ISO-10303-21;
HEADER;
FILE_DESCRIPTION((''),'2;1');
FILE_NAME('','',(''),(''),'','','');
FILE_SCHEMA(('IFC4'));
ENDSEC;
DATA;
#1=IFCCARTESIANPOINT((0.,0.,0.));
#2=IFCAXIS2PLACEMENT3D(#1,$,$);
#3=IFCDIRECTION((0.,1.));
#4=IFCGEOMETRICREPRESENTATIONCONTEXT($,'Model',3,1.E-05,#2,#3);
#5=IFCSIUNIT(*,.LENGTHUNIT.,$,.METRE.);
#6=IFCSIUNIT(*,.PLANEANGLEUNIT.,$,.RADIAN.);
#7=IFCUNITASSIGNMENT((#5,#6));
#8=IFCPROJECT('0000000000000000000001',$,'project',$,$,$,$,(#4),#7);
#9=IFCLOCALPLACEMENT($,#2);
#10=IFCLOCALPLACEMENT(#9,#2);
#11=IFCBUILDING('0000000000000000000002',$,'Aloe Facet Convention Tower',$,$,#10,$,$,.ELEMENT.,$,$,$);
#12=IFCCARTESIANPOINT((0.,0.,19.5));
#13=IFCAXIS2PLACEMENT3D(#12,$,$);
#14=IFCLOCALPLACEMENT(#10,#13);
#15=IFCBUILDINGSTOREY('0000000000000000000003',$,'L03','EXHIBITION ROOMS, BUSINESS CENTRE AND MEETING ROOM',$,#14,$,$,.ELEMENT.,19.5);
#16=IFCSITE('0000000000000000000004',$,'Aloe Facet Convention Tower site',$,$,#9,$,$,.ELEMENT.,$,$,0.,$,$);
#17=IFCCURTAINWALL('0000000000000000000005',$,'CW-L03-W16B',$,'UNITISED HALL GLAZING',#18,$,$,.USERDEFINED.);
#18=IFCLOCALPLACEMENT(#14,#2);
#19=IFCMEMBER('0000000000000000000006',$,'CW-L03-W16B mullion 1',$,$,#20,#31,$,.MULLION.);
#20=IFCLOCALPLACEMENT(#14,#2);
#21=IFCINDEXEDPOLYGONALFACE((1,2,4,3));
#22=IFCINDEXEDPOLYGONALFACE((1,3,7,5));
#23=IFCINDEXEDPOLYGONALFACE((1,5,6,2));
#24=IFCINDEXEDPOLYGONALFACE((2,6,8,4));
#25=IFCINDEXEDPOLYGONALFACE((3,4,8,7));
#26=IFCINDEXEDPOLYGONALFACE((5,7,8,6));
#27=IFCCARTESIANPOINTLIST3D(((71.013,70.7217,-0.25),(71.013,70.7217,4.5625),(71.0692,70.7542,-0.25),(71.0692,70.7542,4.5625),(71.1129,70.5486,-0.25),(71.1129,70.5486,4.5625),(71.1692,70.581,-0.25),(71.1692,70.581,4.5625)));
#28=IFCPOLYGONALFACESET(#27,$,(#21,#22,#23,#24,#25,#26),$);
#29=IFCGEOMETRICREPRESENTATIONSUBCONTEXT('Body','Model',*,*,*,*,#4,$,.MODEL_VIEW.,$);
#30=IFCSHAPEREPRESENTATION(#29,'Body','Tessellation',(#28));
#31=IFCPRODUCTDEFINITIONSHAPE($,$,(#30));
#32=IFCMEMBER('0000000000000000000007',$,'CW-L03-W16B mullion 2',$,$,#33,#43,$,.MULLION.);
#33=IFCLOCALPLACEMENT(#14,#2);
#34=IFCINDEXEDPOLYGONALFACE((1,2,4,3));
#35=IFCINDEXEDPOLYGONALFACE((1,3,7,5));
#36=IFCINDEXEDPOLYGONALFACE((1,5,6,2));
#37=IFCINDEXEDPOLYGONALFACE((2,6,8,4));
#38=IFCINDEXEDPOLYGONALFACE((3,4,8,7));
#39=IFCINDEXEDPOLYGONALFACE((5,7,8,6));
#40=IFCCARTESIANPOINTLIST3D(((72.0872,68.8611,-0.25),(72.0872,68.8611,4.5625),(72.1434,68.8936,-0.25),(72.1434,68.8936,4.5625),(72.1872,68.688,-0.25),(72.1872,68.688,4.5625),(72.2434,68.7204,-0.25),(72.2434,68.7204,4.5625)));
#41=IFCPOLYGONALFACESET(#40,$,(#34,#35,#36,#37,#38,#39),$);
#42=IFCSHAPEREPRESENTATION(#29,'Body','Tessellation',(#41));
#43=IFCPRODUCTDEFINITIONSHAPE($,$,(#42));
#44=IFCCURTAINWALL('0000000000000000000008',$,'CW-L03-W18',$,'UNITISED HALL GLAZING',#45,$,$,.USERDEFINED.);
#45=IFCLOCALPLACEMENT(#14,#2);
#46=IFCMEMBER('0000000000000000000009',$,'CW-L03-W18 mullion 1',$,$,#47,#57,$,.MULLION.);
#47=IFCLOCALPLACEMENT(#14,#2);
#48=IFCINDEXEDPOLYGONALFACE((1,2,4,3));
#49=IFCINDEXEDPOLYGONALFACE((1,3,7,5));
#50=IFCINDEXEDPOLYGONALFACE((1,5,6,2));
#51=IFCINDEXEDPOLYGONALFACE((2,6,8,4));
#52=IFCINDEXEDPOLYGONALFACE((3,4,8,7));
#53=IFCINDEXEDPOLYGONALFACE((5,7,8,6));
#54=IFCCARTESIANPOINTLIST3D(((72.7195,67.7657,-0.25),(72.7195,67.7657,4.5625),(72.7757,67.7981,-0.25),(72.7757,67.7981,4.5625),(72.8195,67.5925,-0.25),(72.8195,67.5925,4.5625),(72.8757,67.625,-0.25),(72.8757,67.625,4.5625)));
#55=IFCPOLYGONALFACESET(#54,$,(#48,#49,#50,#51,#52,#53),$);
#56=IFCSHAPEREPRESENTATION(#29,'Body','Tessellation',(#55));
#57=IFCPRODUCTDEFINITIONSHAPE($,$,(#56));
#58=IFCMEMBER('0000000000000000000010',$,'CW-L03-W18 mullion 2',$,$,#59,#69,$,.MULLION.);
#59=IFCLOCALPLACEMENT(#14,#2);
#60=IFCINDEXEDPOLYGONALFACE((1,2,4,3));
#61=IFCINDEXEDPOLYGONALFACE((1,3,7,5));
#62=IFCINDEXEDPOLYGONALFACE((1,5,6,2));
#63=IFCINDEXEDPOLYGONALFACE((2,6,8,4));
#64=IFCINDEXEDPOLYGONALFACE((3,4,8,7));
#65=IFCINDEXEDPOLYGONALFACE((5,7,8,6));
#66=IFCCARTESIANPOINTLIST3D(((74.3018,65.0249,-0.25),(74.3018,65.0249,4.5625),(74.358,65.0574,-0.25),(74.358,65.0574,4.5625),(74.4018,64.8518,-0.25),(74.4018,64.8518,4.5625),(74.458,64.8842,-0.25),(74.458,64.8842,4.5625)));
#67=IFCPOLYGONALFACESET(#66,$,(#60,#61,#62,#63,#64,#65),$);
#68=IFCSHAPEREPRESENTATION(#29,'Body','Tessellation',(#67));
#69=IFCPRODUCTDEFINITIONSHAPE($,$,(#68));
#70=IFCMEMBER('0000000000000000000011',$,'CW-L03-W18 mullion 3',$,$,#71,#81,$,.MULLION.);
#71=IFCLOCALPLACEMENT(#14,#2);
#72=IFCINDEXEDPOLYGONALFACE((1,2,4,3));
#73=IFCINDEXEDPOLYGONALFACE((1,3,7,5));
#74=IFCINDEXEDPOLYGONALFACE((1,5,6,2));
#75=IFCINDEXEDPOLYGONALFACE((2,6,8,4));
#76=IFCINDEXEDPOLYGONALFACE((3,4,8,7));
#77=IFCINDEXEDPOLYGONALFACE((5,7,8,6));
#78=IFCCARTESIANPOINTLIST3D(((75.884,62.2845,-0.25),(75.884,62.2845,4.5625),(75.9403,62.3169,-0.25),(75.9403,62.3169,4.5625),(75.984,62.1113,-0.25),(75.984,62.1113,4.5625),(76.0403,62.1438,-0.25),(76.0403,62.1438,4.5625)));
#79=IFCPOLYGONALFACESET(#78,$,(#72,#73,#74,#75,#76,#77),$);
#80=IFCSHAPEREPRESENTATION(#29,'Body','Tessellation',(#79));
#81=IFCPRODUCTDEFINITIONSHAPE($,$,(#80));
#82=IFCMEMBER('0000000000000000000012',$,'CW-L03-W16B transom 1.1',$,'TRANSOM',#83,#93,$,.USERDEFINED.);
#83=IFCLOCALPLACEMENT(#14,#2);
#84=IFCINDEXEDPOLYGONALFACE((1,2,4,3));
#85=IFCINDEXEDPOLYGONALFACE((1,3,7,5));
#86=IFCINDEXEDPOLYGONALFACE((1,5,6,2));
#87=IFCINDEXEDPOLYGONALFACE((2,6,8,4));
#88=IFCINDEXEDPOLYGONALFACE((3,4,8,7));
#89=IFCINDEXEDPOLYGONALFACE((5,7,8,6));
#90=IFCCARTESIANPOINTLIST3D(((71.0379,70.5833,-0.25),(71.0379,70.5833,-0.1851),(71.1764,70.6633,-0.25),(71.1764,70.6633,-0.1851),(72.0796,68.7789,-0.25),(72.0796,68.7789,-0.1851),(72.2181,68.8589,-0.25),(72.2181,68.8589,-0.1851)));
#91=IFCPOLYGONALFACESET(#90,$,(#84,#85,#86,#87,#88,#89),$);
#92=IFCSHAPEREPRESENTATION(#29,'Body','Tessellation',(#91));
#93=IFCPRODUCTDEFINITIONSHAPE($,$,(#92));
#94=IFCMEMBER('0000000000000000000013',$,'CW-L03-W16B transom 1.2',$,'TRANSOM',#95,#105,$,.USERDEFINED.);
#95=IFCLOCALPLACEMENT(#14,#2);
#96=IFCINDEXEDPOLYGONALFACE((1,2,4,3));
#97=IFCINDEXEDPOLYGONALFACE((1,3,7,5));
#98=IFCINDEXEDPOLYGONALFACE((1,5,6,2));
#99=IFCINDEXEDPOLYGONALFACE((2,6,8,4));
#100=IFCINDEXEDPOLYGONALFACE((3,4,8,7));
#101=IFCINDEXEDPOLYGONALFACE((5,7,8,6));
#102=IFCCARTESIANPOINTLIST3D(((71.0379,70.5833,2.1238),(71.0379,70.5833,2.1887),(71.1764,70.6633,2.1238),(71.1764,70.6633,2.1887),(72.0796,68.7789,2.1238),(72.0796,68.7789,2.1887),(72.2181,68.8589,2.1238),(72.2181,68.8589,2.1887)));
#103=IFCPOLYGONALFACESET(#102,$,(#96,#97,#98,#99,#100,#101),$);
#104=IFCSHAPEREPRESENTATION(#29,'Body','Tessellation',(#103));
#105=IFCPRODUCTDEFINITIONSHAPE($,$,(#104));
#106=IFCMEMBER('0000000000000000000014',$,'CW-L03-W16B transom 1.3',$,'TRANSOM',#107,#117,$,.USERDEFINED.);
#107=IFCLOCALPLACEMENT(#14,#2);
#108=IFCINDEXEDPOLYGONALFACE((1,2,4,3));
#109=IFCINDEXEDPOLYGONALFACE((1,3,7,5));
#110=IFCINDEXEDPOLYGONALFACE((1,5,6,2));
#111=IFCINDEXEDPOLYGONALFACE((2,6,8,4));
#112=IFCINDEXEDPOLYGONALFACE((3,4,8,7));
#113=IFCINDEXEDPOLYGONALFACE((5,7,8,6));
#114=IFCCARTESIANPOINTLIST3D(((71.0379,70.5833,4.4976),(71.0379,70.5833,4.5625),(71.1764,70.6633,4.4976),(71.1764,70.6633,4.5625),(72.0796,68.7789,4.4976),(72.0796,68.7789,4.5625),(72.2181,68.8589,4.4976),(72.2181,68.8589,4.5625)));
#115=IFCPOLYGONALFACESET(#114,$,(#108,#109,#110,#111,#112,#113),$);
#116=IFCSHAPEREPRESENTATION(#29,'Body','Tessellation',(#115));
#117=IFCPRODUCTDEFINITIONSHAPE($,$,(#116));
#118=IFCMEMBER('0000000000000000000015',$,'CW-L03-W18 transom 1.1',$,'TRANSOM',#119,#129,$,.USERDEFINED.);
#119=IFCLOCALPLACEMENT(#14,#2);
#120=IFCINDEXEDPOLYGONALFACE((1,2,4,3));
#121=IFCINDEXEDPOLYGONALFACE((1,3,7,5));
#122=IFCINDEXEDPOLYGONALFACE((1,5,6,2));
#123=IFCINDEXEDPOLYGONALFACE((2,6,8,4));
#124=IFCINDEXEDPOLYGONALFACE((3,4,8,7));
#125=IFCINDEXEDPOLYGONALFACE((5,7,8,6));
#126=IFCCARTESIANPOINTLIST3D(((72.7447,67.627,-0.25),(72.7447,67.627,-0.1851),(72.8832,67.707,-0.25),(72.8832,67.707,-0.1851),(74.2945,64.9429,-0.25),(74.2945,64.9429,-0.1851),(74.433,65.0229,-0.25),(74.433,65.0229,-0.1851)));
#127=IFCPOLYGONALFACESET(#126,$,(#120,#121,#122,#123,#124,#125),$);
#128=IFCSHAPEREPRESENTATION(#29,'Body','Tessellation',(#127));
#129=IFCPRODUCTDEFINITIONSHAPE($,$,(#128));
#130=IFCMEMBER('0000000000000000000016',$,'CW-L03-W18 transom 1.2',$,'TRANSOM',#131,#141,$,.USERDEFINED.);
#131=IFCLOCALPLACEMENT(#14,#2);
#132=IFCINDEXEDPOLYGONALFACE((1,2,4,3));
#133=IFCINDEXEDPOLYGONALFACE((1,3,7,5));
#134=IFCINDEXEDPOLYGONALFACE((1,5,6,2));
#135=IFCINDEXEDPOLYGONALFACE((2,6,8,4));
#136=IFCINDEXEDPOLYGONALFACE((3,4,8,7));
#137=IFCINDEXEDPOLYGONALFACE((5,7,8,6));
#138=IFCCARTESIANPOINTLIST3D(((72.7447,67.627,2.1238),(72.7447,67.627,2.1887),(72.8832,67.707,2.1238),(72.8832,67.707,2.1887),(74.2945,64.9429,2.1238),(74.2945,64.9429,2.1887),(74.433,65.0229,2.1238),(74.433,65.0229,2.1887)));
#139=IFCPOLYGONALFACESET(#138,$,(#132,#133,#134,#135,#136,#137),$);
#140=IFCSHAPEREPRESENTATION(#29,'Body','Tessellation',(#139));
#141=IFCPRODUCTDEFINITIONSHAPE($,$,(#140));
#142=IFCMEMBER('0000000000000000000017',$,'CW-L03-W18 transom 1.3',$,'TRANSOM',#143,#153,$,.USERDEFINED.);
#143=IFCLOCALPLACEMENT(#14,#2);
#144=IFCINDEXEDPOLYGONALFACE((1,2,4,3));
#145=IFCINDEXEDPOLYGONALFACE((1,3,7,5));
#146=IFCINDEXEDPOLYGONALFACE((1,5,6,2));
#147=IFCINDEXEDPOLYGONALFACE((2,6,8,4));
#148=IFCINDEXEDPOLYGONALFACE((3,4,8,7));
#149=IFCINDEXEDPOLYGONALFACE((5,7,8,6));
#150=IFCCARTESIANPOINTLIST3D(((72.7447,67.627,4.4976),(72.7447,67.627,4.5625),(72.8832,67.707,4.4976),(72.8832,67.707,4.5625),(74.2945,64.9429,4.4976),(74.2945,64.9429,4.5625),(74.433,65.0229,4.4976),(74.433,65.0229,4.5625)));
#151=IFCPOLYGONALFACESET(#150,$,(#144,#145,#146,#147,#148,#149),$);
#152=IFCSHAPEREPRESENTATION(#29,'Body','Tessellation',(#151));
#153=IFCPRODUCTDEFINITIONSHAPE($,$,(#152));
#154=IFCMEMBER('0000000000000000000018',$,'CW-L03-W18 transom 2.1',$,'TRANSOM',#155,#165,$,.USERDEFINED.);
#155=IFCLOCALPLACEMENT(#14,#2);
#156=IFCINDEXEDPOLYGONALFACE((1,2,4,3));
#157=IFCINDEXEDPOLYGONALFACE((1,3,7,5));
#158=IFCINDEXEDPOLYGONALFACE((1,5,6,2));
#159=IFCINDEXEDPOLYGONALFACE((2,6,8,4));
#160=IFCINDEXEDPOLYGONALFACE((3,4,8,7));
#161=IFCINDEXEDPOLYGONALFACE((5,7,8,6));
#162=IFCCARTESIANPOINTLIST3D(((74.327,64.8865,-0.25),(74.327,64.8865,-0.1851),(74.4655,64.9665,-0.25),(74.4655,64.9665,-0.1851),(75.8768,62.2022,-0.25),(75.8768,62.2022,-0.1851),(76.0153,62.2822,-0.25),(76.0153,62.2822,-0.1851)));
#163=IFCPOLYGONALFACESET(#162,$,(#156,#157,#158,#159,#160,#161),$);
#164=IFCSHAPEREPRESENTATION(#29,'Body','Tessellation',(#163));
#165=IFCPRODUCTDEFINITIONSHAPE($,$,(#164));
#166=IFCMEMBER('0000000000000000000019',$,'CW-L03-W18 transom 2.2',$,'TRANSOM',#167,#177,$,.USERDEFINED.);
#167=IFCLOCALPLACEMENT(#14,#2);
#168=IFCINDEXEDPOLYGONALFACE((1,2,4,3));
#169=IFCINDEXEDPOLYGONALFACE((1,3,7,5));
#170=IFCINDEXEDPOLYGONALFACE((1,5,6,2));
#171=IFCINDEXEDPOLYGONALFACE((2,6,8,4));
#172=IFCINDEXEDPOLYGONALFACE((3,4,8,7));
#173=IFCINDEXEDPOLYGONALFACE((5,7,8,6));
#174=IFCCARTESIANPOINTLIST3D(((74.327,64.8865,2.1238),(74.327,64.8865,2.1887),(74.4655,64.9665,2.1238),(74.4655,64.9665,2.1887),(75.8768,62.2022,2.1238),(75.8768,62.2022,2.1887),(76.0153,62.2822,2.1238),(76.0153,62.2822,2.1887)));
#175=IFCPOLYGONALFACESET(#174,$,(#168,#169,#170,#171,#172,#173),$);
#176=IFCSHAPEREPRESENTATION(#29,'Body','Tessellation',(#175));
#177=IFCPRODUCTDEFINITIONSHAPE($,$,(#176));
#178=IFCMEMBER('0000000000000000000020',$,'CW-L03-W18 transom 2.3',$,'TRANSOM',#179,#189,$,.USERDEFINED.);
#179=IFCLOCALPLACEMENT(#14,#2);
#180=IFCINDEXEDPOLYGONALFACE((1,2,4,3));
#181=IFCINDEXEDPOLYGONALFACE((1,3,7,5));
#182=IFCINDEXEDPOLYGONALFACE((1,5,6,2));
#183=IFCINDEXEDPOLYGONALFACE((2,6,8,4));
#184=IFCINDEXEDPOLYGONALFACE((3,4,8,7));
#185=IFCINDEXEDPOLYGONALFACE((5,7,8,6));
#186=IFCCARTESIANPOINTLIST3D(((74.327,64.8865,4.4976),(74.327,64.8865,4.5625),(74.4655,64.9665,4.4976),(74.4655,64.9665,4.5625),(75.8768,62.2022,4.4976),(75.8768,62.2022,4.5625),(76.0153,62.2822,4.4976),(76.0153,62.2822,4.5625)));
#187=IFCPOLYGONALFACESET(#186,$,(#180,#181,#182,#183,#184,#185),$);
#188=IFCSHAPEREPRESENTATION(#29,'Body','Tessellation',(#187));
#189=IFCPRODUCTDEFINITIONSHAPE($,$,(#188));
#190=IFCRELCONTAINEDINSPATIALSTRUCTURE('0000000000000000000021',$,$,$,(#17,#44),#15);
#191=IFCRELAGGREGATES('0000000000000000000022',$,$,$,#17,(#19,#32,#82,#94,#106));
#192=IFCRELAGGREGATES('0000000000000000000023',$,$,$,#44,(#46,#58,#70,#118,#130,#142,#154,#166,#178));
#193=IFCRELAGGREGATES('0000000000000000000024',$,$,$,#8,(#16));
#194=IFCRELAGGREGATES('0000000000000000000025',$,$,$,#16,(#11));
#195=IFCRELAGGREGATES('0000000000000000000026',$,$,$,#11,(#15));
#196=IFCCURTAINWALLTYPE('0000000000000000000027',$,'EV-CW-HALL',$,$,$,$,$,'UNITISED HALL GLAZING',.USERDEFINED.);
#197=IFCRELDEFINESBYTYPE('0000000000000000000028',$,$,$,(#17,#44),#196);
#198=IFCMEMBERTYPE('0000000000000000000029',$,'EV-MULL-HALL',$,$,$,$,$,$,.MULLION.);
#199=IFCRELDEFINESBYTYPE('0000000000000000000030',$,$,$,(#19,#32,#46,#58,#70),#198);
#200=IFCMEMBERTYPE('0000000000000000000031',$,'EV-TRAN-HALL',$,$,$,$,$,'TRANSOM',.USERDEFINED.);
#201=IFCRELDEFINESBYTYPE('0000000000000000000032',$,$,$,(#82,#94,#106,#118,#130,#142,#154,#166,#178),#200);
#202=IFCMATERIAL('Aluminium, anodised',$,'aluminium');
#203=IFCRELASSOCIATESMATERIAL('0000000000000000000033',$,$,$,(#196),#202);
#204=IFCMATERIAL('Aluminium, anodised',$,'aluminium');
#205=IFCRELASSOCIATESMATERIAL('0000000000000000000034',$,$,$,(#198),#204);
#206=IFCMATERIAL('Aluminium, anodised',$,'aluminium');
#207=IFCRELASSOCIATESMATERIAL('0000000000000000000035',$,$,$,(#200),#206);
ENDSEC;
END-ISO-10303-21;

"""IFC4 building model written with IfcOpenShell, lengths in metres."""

from ifc_helpers import new_model, si_unit, direction, frame, origin, origin_2d, place, context, subcontext, project, spatial, rectangle, extrude, material, material_profile, profile_set, type_object, element, aggregate, save


model = new_model("IFC4")

# Units and contexts
model_context = context("Model", 3, precision=1e-05, world=origin(), true_north=direction((0.0, 1.0)))
body_context = subcontext(model_context, "Body", "Model", "MODEL_VIEW")
ifc_project = project(units=[si_unit("LENGTHUNIT", "METRE"), si_unit("PLANEANGLEUNIT", "RADIAN")], contexts=[model_context])

# Site, building, storey
site_placement = place(None, origin())
site = spatial("IfcSite", under=ifc_project, at=site_placement, Name="Aloe Facet Convention Tower site", CompositionType="ELEMENT", RefElevation=0.0)
building_placement = place(site_placement, origin())
building = spatial("IfcBuilding", under=site, at=building_placement, Name="Aloe Facet Convention Tower", CompositionType="ELEMENT")
storey_placement = place(building_placement, frame((0.0, 0.0, 19.5)))
storey = spatial("IfcBuildingStorey", under=building, at=storey_placement, Name="L03", Description="EXHIBITION ROOMS, BUSINESS CENTRE AND MEETING ROOM", CompositionType="ELEMENT", Elevation=19.5)

# Curtain walls, members
ifc_material_1 = material(Name="Aluminium, anodised", Category="aluminium")
curtain_wall_type = type_object("IfcCurtainWallType", Name="EV-CW-HALL", ElementType="UNITISED HALL GLAZING", PredefinedType="USERDEFINED", material=ifc_material_1)
curtain_wall_1_placement = place(storey_placement, origin())
curtain_wall_1 = element("IfcCurtainWall", 1, at=curtain_wall_1_placement, inside=storey, type_object=curtain_wall_type, Name="CW-L03-W16B", ObjectType="UNITISED HALL GLAZING", PredefinedType="USERDEFINED")
ifc_material_2 = material(Name="Aluminium, anodised", Category="aluminium")
ifc_material_profile_1 = material_profile(ifc_material_2, rectangle(XDim=0.0649, YDim=0.2, at=origin_2d()), Name="AL 65x200")
ifc_profile_set_1 = profile_set([ifc_material_profile_1], Name="Aluminium, anodised")
member_type_1 = type_object("IfcMemberType", Name="EV-MULL-HALL", PredefinedType="MULLION", material=ifc_profile_set_1)
member_1_placement = place(storey_placement, frame((71.0911, 70.6514, -0.25), z_axis=(0.0, 0.0, 1.0), x_axis=(0.866025, 0.5, 0.0)))
member_1 = element("IfcMember", 2, at=member_1_placement, type_object=member_type_1, Name="CW-L03-W16B mullion 1", PredefinedType="MULLION", context=body_context, shape_type="SweptSolid", body=[
    extrude(rectangle(XDim=0.0649, YDim=0.2, at=origin_2d()), origin(), (0.0, 0.0, 1.0), 4.8125),
])
member_2_placement = place(storey_placement, frame((72.1653, 68.7908, -0.25), z_axis=(0.0, 0.0, 1.0), x_axis=(0.866025, 0.5, 0.0)))
member_2 = element("IfcMember", 3, at=member_2_placement, type_object=member_type_1, Name="CW-L03-W16B mullion 2", PredefinedType="MULLION", context=body_context, shape_type="SweptSolid", body=[
    extrude(rectangle(XDim=0.0649, YDim=0.2, at=origin_2d()), origin(), (0.0, 0.0, 1.0), 4.8125),
])
curtain_wall_2_placement = place(storey_placement, origin())
curtain_wall_2 = element("IfcCurtainWall", 4, at=curtain_wall_2_placement, inside=storey, type_object=curtain_wall_type, Name="CW-L03-W18", ObjectType="UNITISED HALL GLAZING", PredefinedType="USERDEFINED")
member_3_placement = place(storey_placement, frame((72.7976, 67.6953, -0.25), z_axis=(0.0, 0.0, 1.0), x_axis=(0.866025, 0.5, 0.0)))
member_3 = element("IfcMember", 5, at=member_3_placement, type_object=member_type_1, Name="CW-L03-W18 mullion 1", PredefinedType="MULLION", context=body_context, shape_type="SweptSolid", body=[
    extrude(rectangle(XDim=0.0649, YDim=0.2, at=origin_2d()), origin(), (0.0, 0.0, 1.0), 4.8125),
])
member_4_placement = place(storey_placement, frame((74.3799, 64.9546, -0.25), z_axis=(0.0, 0.0, 1.0), x_axis=(0.866025, 0.5, 0.0)))
member_4 = element("IfcMember", 6, at=member_4_placement, type_object=member_type_1, Name="CW-L03-W18 mullion 2", PredefinedType="MULLION", context=body_context, shape_type="SweptSolid", body=[
    extrude(rectangle(XDim=0.0649, YDim=0.2, at=origin_2d()), origin(), (0.0, 0.0, 1.0), 4.8125),
])
member_5_placement = place(storey_placement, frame((75.9622, 62.2141, -0.25), z_axis=(0.0, 0.0, 1.0), x_axis=(0.866025, 0.5, 0.0)))
member_5 = element("IfcMember", 7, at=member_5_placement, type_object=member_type_1, Name="CW-L03-W18 mullion 3", PredefinedType="MULLION", context=body_context, shape_type="SweptSolid", body=[
    extrude(rectangle(XDim=0.0649, YDim=0.2, at=origin_2d()), origin(), (0.0, 0.0, 1.0), 4.8125),
])

# Members
ifc_material_3 = material(Name="Aluminium, anodised", Category="aluminium")
ifc_material_profile_2 = material_profile(ifc_material_3, rectangle(XDim=0.1599, YDim=0.0649, at=origin_2d()), Name="AL 160x65")
ifc_profile_set_2 = profile_set([ifc_material_profile_2], Name="Aluminium, anodised")
member_type_2 = type_object("IfcMemberType", Name="EV-TRAN-HALL", ElementType="TRANSOM", PredefinedType="USERDEFINED", material=ifc_profile_set_2)
member_6_placement = place(storey_placement, frame((71.1072, 70.6233, -0.2175), z_axis=(0.499983, -0.866035, 0.0), x_axis=(0.866035, 0.499983, 0.0)))
member_6 = element("IfcMember", 8, at=member_6_placement, type_object=member_type_2, Name="CW-L03-W16B transom 1.1", ObjectType="TRANSOM", PredefinedType="USERDEFINED", context=body_context, shape_type="SweptSolid", body=[
    extrude(rectangle(XDim=0.1599, YDim=0.0649, at=origin_2d()), origin(), (0.0, 0.0, 1.0), 2.0835),
])
member_7_placement = place(storey_placement, frame((71.1072, 70.6233, 2.1562), z_axis=(0.499983, -0.866035, 0.0), x_axis=(0.866035, 0.499983, 0.0)))
member_7 = element("IfcMember", 9, at=member_7_placement, type_object=member_type_2, Name="CW-L03-W16B transom 1.2", ObjectType="TRANSOM", PredefinedType="USERDEFINED", context=body_context, shape_type="SweptSolid", body=[
    extrude(rectangle(XDim=0.1599, YDim=0.0649, at=origin_2d()), origin(), (0.0, 0.0, 1.0), 2.0835),
])
member_8_placement = place(storey_placement, frame((71.1072, 70.6233, 4.53), z_axis=(0.499983, -0.866035, 0.0), x_axis=(0.866035, 0.499983, 0.0)))
member_8 = element("IfcMember", 10, at=member_8_placement, type_object=member_type_2, Name="CW-L03-W16B transom 1.3", ObjectType="TRANSOM", PredefinedType="USERDEFINED", context=body_context, shape_type="SweptSolid", body=[
    extrude(rectangle(XDim=0.1599, YDim=0.0649, at=origin_2d()), origin(), (0.0, 0.0, 1.0), 2.0835),
])
member_9_placement = place(storey_placement, frame((72.814, 67.667, -0.2175), z_axis=(0.500036, -0.866005, 0.0), x_axis=(0.866005, 0.500036, 0.0)))
member_9 = element("IfcMember", 11, at=member_9_placement, type_object=member_type_2, Name="CW-L03-W18 transom 1.1", ObjectType="TRANSOM", PredefinedType="USERDEFINED", context=body_context, shape_type="SweptSolid", body=[
    extrude(rectangle(XDim=0.1599, YDim=0.0649, at=origin_2d()), origin(), (0.0, 0.0, 1.0), 3.0994),
])
member_10_placement = place(storey_placement, frame((72.814, 67.667, 2.1562), z_axis=(0.500036, -0.866005, 0.0), x_axis=(0.866005, 0.500036, 0.0)))
member_10 = element("IfcMember", 12, at=member_10_placement, type_object=member_type_2, Name="CW-L03-W18 transom 1.2", ObjectType="TRANSOM", PredefinedType="USERDEFINED", context=body_context, shape_type="SweptSolid", body=[
    extrude(rectangle(XDim=0.1599, YDim=0.0649, at=origin_2d()), origin(), (0.0, 0.0, 1.0), 3.0994),
])
member_11_placement = place(storey_placement, frame((72.814, 67.667, 4.53), z_axis=(0.500036, -0.866005, 0.0), x_axis=(0.866005, 0.500036, 0.0)))
member_11 = element("IfcMember", 13, at=member_11_placement, type_object=member_type_2, Name="CW-L03-W18 transom 1.3", ObjectType="TRANSOM", PredefinedType="USERDEFINED", context=body_context, shape_type="SweptSolid", body=[
    extrude(rectangle(XDim=0.1599, YDim=0.0649, at=origin_2d()), origin(), (0.0, 0.0, 1.0), 3.0994),
])
member_12_placement = place(storey_placement, frame((74.3962, 64.9265, -0.2175), z_axis=(0.500002, -0.866024, 0.0), x_axis=(0.866024, 0.500002, 0.0)))
member_12 = element("IfcMember", 14, at=member_12_placement, type_object=member_type_2, Name="CW-L03-W18 transom 2.1", ObjectType="TRANSOM", PredefinedType="USERDEFINED", context=body_context, shape_type="SweptSolid", body=[
    extrude(rectangle(XDim=0.1599, YDim=0.0649, at=origin_2d()), origin(), (0.0, 0.0, 1.0), 3.0996),
])
member_13_placement = place(storey_placement, frame((74.3962, 64.9265, 2.1562), z_axis=(0.500002, -0.866024, 0.0), x_axis=(0.866024, 0.500002, 0.0)))
member_13 = element("IfcMember", 15, at=member_13_placement, type_object=member_type_2, Name="CW-L03-W18 transom 2.2", ObjectType="TRANSOM", PredefinedType="USERDEFINED", context=body_context, shape_type="SweptSolid", body=[
    extrude(rectangle(XDim=0.1599, YDim=0.0649, at=origin_2d()), origin(), (0.0, 0.0, 1.0), 3.0996),
])
member_14_placement = place(storey_placement, frame((74.3962, 64.9265, 4.53), z_axis=(0.500002, -0.866024, 0.0), x_axis=(0.866024, 0.500002, 0.0)))
member_14 = element("IfcMember", 16, at=member_14_placement, type_object=member_type_2, Name="CW-L03-W18 transom 2.3", ObjectType="TRANSOM", PredefinedType="USERDEFINED", context=body_context, shape_type="SweptSolid", body=[
    extrude(rectangle(XDim=0.1599, YDim=0.0649, at=origin_2d()), origin(), (0.0, 0.0, 1.0), 3.0996),
])

aggregate(curtain_wall_1, [member_1, member_2, member_6, member_7, member_8])
aggregate(curtain_wall_2, [member_3, member_4, member_5, member_9, member_10, member_11, member_12, member_13, member_14])

save(model, "model.ifc")
